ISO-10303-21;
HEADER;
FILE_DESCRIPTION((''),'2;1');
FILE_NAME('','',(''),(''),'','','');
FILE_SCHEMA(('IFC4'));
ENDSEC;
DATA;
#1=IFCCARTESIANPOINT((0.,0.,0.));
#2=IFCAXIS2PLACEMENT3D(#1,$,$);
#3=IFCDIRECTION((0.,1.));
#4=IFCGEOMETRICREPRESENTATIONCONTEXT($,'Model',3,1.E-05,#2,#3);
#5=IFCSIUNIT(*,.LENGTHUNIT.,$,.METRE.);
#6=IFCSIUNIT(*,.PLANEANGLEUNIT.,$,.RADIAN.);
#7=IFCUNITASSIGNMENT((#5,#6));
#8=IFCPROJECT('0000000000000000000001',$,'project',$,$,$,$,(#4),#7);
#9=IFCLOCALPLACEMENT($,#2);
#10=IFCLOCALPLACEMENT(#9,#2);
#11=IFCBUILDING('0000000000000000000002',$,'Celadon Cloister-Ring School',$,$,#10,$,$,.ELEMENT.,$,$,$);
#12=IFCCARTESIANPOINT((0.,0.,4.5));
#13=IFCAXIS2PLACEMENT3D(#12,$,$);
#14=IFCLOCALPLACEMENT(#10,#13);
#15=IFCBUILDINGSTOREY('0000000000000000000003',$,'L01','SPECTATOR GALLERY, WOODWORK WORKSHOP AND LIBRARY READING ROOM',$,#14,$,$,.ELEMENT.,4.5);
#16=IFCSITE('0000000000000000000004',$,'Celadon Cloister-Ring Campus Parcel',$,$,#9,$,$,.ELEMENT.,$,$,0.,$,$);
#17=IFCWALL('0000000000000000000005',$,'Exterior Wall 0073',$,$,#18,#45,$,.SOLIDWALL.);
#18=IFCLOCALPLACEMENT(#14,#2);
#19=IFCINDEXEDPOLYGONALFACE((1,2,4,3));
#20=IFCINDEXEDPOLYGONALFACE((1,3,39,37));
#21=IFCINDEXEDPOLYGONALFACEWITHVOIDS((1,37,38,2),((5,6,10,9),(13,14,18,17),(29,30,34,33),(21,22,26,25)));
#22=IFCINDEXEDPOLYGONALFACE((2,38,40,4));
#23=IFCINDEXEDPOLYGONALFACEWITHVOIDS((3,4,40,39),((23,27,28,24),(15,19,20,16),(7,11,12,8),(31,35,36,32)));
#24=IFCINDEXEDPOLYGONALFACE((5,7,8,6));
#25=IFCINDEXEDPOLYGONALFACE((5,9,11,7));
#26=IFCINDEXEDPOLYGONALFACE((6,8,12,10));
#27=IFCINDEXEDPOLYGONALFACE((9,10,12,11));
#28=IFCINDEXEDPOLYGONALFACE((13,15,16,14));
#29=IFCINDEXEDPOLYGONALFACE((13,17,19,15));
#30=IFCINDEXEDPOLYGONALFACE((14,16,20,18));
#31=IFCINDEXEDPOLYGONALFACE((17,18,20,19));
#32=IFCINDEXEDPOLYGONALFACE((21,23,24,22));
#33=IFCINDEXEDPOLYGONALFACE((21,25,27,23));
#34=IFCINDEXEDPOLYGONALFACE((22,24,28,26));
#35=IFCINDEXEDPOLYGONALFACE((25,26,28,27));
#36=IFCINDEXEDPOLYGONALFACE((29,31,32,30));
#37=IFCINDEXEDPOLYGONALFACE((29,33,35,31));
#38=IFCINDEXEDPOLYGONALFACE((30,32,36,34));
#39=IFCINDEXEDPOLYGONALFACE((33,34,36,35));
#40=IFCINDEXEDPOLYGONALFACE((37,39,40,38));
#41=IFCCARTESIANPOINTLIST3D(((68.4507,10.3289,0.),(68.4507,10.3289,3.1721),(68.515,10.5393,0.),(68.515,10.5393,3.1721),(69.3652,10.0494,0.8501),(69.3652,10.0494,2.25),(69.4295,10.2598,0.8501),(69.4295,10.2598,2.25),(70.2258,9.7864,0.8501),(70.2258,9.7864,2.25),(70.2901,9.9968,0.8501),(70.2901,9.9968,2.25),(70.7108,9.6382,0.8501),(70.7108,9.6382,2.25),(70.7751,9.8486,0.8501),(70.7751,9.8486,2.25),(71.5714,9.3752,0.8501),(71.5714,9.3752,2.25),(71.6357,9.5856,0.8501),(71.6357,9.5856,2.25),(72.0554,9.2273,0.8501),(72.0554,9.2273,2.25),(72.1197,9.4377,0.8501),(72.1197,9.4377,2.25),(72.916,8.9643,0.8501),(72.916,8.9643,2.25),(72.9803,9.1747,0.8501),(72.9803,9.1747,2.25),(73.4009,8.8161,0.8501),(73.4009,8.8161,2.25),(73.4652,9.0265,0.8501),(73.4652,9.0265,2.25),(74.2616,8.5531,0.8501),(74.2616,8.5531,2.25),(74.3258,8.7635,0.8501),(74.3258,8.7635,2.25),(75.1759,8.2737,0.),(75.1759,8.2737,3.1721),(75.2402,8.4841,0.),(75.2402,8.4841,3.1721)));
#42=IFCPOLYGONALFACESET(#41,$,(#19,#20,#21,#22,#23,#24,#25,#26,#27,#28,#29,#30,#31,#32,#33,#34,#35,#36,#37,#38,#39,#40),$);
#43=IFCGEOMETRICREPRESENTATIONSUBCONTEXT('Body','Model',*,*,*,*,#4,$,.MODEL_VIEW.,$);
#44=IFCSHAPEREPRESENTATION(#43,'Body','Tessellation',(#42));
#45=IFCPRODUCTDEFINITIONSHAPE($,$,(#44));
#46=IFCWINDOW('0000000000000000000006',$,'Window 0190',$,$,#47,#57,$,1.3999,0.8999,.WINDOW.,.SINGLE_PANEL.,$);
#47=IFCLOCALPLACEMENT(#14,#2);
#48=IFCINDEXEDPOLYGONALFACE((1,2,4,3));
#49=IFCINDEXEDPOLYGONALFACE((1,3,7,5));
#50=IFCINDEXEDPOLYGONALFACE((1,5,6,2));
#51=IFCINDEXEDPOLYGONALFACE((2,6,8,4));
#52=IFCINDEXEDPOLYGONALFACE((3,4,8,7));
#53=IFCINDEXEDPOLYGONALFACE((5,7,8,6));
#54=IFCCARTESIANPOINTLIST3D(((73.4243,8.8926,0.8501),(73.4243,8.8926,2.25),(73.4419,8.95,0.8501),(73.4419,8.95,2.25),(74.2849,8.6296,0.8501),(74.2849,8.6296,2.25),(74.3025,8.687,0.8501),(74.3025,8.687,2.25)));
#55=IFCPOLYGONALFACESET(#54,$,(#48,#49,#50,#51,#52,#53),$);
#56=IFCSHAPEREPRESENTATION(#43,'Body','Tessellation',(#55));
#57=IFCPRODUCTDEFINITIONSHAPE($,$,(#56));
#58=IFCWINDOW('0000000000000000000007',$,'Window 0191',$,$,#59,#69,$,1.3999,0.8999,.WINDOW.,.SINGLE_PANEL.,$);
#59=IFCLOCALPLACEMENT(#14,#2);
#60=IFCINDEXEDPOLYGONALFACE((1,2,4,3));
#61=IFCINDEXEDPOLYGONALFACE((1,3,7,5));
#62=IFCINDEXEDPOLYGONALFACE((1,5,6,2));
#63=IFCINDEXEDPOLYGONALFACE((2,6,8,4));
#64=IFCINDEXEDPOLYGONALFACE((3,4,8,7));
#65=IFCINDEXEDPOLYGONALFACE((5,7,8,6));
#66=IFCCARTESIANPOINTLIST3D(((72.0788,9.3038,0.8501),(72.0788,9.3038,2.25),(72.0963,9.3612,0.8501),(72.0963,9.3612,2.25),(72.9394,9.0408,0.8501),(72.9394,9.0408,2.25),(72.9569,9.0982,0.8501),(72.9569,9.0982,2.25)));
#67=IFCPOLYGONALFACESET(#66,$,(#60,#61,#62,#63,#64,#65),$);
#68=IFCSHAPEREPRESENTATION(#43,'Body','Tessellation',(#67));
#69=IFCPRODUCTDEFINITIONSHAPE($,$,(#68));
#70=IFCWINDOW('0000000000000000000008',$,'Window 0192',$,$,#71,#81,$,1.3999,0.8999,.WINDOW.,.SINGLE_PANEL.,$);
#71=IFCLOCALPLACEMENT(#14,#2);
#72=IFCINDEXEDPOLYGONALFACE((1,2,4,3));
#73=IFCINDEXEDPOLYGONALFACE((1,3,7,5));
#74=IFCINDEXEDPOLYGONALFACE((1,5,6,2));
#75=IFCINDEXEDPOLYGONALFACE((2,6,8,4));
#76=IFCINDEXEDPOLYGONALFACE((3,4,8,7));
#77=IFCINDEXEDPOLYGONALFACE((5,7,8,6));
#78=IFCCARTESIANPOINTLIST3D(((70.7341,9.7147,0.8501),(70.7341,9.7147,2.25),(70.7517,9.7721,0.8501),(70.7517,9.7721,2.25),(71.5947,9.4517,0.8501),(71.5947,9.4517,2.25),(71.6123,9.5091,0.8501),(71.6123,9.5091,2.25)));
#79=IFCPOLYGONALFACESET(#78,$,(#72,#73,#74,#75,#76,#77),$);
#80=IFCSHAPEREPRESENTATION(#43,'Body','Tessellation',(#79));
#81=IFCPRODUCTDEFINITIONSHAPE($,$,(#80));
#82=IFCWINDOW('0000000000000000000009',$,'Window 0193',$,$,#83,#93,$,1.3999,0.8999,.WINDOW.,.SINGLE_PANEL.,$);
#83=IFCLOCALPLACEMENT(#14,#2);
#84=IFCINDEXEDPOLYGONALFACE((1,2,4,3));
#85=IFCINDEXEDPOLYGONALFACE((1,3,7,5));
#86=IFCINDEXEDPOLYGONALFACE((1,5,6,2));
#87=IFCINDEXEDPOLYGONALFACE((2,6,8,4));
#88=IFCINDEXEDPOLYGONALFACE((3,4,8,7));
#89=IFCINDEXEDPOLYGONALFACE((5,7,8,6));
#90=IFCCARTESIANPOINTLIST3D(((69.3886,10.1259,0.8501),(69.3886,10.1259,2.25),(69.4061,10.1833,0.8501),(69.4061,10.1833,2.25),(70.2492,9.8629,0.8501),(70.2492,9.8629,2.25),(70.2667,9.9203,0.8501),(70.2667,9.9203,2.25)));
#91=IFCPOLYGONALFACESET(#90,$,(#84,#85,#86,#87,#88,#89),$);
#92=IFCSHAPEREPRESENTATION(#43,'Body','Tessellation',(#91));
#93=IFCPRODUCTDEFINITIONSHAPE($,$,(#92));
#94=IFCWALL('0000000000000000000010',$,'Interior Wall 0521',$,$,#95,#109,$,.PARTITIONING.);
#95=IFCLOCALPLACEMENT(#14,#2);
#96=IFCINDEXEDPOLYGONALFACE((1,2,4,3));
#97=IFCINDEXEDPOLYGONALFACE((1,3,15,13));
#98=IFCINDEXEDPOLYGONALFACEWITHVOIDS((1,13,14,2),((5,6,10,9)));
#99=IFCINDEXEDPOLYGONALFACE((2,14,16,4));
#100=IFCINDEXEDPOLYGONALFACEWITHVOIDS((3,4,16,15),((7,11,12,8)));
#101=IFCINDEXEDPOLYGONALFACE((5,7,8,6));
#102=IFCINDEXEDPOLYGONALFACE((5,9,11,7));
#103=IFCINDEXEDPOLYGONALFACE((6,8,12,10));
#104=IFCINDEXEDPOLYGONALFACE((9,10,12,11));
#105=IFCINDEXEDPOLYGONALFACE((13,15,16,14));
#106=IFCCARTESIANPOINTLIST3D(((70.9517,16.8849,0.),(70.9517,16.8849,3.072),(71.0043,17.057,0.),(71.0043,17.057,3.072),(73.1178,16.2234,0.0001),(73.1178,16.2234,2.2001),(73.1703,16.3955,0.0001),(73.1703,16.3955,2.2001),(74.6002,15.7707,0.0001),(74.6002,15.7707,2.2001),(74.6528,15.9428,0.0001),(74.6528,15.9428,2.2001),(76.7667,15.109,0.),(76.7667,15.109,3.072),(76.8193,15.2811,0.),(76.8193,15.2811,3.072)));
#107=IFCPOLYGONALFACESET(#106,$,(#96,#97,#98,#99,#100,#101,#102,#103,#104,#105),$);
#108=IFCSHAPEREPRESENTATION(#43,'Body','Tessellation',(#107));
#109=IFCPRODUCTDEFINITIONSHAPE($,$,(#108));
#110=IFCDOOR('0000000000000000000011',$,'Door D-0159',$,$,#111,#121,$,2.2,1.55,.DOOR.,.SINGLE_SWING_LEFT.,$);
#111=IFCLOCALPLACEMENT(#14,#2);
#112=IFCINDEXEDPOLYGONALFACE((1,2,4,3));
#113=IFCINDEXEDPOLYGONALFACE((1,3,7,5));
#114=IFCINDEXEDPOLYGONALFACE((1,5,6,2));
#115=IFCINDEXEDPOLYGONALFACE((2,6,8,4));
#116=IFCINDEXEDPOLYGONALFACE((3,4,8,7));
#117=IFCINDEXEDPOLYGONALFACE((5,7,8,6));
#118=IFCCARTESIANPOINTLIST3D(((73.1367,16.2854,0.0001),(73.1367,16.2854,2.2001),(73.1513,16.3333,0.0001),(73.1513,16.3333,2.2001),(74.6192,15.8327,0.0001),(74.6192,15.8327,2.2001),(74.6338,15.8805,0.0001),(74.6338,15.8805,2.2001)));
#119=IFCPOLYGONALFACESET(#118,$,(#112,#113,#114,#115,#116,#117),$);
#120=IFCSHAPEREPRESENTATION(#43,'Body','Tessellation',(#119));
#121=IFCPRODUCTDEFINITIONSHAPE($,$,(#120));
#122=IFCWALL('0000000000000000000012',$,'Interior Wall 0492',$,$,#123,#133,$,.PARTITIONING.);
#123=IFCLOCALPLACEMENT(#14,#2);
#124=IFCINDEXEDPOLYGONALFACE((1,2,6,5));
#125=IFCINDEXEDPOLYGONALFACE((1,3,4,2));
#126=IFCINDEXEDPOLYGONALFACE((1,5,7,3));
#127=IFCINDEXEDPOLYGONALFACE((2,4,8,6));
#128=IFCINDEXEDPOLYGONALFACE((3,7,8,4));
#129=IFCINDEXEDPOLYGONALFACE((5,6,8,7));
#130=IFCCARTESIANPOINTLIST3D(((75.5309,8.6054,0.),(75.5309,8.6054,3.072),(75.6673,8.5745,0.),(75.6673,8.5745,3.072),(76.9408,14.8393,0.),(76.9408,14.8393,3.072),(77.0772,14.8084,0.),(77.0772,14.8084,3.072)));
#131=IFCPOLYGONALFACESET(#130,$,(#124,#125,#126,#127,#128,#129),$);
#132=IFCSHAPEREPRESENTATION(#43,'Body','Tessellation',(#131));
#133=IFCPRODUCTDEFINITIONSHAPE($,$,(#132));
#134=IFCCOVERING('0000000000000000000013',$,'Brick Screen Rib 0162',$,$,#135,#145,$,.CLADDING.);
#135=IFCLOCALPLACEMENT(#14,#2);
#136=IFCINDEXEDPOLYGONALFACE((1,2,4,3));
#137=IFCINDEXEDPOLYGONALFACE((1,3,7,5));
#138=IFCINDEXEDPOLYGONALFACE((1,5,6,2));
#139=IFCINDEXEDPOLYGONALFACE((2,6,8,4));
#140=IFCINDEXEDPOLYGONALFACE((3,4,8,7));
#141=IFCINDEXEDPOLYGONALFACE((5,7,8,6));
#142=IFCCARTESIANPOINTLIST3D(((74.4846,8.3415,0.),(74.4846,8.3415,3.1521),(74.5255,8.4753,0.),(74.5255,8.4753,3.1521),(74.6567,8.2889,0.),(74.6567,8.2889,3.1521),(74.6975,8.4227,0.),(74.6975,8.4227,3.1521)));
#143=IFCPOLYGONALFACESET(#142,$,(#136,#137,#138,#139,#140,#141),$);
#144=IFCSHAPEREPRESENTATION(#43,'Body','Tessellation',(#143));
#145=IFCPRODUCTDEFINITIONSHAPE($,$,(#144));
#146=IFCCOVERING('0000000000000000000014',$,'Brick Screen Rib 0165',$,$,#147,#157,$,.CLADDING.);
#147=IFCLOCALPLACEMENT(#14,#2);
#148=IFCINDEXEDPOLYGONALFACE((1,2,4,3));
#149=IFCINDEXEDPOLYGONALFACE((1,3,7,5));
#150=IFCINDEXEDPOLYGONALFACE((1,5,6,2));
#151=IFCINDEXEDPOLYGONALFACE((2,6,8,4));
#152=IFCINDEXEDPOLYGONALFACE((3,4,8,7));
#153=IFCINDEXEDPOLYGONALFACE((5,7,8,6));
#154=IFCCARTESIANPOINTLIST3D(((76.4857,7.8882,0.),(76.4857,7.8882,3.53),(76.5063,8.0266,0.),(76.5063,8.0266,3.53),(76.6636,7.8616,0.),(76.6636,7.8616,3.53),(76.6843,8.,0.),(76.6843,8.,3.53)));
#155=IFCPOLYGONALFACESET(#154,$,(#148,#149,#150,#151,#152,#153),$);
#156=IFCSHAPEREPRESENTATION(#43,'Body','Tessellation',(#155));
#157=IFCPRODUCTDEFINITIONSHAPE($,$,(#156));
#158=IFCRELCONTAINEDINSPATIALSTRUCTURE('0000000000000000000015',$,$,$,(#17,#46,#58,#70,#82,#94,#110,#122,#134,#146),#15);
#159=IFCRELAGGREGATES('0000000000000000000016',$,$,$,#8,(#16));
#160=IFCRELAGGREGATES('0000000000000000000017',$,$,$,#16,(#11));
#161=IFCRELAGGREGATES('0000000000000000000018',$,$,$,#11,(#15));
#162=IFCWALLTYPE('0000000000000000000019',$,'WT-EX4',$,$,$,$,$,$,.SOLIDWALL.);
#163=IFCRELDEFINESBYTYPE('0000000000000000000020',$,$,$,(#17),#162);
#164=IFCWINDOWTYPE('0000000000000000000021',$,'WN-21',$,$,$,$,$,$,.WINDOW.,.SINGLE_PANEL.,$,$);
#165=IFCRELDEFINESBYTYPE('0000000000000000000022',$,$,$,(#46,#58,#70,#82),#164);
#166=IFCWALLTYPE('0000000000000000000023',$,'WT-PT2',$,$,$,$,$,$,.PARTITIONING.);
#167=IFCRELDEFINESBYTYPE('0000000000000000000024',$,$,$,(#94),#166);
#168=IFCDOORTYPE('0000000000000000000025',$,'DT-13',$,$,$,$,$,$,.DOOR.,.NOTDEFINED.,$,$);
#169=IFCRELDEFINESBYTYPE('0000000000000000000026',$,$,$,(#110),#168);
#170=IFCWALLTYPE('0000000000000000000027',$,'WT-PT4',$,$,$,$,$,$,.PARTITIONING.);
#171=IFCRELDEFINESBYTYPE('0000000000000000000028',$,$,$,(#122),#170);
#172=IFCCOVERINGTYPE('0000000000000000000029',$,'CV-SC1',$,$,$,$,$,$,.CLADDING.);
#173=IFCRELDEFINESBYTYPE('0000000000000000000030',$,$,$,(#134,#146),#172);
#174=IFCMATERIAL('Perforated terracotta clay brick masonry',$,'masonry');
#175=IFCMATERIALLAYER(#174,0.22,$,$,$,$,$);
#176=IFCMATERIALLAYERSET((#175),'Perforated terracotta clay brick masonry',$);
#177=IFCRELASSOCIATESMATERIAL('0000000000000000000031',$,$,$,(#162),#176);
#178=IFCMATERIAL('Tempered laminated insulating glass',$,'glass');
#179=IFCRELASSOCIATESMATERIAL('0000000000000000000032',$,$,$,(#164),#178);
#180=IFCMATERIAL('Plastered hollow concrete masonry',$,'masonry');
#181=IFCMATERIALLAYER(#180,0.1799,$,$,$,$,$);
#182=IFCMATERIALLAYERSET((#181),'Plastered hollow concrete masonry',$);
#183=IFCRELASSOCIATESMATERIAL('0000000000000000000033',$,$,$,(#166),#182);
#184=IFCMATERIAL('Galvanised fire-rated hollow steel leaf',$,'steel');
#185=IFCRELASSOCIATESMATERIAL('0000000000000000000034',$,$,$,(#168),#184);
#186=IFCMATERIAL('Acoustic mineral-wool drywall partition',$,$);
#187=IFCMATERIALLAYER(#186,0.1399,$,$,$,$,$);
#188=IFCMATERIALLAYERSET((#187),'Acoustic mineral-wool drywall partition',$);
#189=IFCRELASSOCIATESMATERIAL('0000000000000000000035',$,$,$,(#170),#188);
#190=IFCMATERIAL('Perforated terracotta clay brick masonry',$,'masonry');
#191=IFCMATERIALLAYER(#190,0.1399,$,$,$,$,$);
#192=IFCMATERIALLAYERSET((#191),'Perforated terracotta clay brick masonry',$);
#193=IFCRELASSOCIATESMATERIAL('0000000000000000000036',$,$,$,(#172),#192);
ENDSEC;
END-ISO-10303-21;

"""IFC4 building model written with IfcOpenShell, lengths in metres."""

from ifc_helpers import new_model, si_unit, direction, frame, frame_2d, origin, origin_2d, place, context, subcontext, project, spatial, rectangle, extrude, material, layer, layer_set, type_object, element, fill, save


model = new_model("IFC4")

# Units and contexts
model_context = context("Model", 3, precision=1e-05, world=origin(), true_north=direction((0.0, 1.0)))
body_context = subcontext(model_context, "Body", "Model", "MODEL_VIEW")
ifc_project = project(units=[si_unit("LENGTHUNIT", "METRE"), si_unit("PLANEANGLEUNIT", "RADIAN")], contexts=[model_context])

# Site, building, storey
site_placement = place(None, origin())
site = spatial("IfcSite", under=ifc_project, at=site_placement, Name="Celadon Cloister-Ring Campus Parcel", CompositionType="ELEMENT", RefElevation=0.0)
building_placement = place(site_placement, origin())
building = spatial("IfcBuilding", under=site, at=building_placement, Name="Celadon Cloister-Ring School", CompositionType="ELEMENT")
storey_placement = place(building_placement, frame((0.0, 0.0, 4.5)))
storey = spatial("IfcBuildingStorey", under=building, at=storey_placement, Name="L01", Description="SPECTATOR GALLERY, WOODWORK WORKSHOP AND LIBRARY READING ROOM", CompositionType="ELEMENT", Elevation=4.5)

# Wall, openings, windows
ifc_material_1 = material(Name="Perforated terracotta clay brick masonry", Category="masonry")
ifc_layer_1 = layer(ifc_material_1, 0.22)
ifc_layer_set_1 = layer_set([ifc_layer_1], Name="Perforated terracotta clay brick masonry")
wall_type_1 = type_object("IfcWallType", Name="WT-EX4", PredefinedType="SOLIDWALL", material=ifc_layer_set_1)
wall_1_placement = place(storey_placement, frame((75.208, 8.3789, 0.0), z_axis=(0.0, 0.0, 1.0), x_axis=(-0.95634, 0.292256, 0.0)))
wall_1 = element("IfcWall", 1, at=wall_1_placement, inside=storey, type_object=wall_type_1, Name="Exterior Wall 0073", PredefinedType="SOLIDWALL", context=body_context, shape_type="SweptSolid", body=[
    extrude(rectangle(XDim=7.0322, YDim=0.22, at=frame_2d((3.5161, 0.0))), origin(), (0.0, 0.0, 1.0), 3.1721),
])
opening_1_placement = place(wall_1_placement, frame((0.9561, 0.0, 0.8501)))
opening_1 = element("IfcOpeningElement", 2, at=opening_1_placement, cuts=wall_1, PredefinedType="OPENING", context=body_context, shape_type="SweptSolid", body=[
    extrude(rectangle(XDim=0.8999, YDim=1.3999, at=frame_2d((0.45, 0.7))), frame((0.0, 0.1201, 0.0), z_axis=(0.0, -1.0, 0.0), x_axis=(1.0, 0.0, 0.0)), (0.0, 0.0, 1.0), 0.24),
])
opening_2_placement = place(wall_1_placement, frame((2.363, 0.0, 0.8501)))
opening_2 = element("IfcOpeningElement", 3, at=opening_2_placement, cuts=wall_1, PredefinedType="OPENING", context=body_context, shape_type="SweptSolid", body=[
    extrude(rectangle(XDim=0.8999, YDim=1.3999, at=frame_2d((0.45, 0.7))), frame((0.0, 0.1201, 0.0), z_axis=(0.0, -1.0, 0.0), x_axis=(1.0, 0.0, 0.0)), (0.0, 0.0, 1.0), 0.24),
])
opening_3_placement = place(wall_1_placement, frame((3.769, 0.0, 0.8501)))
opening_3 = element("IfcOpeningElement", 4, at=opening_3_placement, cuts=wall_1, PredefinedType="OPENING", context=body_context, shape_type="SweptSolid", body=[
    extrude(rectangle(XDim=0.8999, YDim=1.3999, at=frame_2d((0.45, 0.7))), frame((0.0, 0.1201, 0.0), z_axis=(0.0, -1.0, 0.0), x_axis=(1.0, 0.0, 0.0)), (0.0, 0.0, 1.0), 0.24),
])
opening_4_placement = place(wall_1_placement, frame((5.176, 0.0, 0.8501)))
opening_4 = element("IfcOpeningElement", 5, at=opening_4_placement, cuts=wall_1, PredefinedType="OPENING", context=body_context, shape_type="SweptSolid", body=[
    extrude(rectangle(XDim=0.8999, YDim=1.3999, at=frame_2d((0.45, 0.7))), frame((0.0, 0.1201, 0.0), z_axis=(0.0, -1.0, 0.0), x_axis=(1.0, 0.0, 0.0)), (0.0, 0.0, 1.0), 0.24),
])
ifc_material_2 = material(Name="Tempered laminated insulating glass", Category="glass")
window_type = type_object("IfcWindowType", Name="WN-21", PartitioningType="SINGLE_PANEL", PredefinedType="WINDOW", material=ifc_material_2)
window_1_placement = place(opening_1_placement, origin())
window_1 = element("IfcWindow", 6, at=window_1_placement, inside=storey, type_object=window_type, Name="Window 0190", OverallHeight=1.3999, OverallWidth=0.8999, PartitioningType="SINGLE_PANEL", PredefinedType="WINDOW", context=body_context, shape_type="SweptSolid", body=[
    extrude(rectangle(XDim=0.8999, YDim=1.3999, at=frame_2d((0.45, 0.7))), frame((0.0, 0.03, 0.0), z_axis=(0.0, -1.0, 0.0), x_axis=(1.0, 0.0, 0.0)), (0.0, 0.0, 1.0), 0.0601),
])
fill(opening_1, window_1)
window_2_placement = place(opening_2_placement, origin())
window_2 = element("IfcWindow", 7, at=window_2_placement, inside=storey, type_object=window_type, Name="Window 0191", OverallHeight=1.3999, OverallWidth=0.8999, PartitioningType="SINGLE_PANEL", PredefinedType="WINDOW", context=body_context, shape_type="SweptSolid", body=[
    extrude(rectangle(XDim=0.8999, YDim=1.3999, at=frame_2d((0.45, 0.7))), frame((0.0, 0.03, 0.0), z_axis=(0.0, -1.0, 0.0), x_axis=(1.0, 0.0, 0.0)), (0.0, 0.0, 1.0), 0.0601),
])
fill(opening_2, window_2)
window_3_placement = place(opening_3_placement, origin())
window_3 = element("IfcWindow", 8, at=window_3_placement, inside=storey, type_object=window_type, Name="Window 0192", OverallHeight=1.3999, OverallWidth=0.8999, PartitioningType="SINGLE_PANEL", PredefinedType="WINDOW", context=body_context, shape_type="SweptSolid", body=[
    extrude(rectangle(XDim=0.8999, YDim=1.3999, at=frame_2d((0.45, 0.7))), frame((0.0, 0.03, 0.0), z_axis=(0.0, -1.0, 0.0), x_axis=(1.0, 0.0, 0.0)), (0.0, 0.0, 1.0), 0.0601),
])
fill(opening_3, window_3)
window_4_placement = place(opening_4_placement, origin())
window_4 = element("IfcWindow", 9, at=window_4_placement, inside=storey, type_object=window_type, Name="Window 0193", OverallHeight=1.3999, OverallWidth=0.8999, PartitioningType="SINGLE_PANEL", PredefinedType="WINDOW", context=body_context, shape_type="SweptSolid", body=[
    extrude(rectangle(XDim=0.8999, YDim=1.3999, at=frame_2d((0.45, 0.7))), frame((0.0, 0.03, 0.0), z_axis=(0.0, -1.0, 0.0), x_axis=(1.0, 0.0, 0.0)), (0.0, 0.0, 1.0), 0.0601),
])
fill(opening_4, window_4)

# Wall, opening, door
ifc_material_3 = material(Name="Plastered hollow concrete masonry", Category="masonry")
ifc_layer_2 = layer(ifc_material_3, 0.1799)
ifc_layer_set_2 = layer_set([ifc_layer_2], Name="Plastered hollow concrete masonry")
wall_type_2 = type_object("IfcWallType", Name="WT-PT2", PredefinedType="PARTITIONING", material=ifc_layer_set_2)
wall_2_placement = place(storey_placement, frame((70.978, 16.9709, 0.0), z_axis=(0.0, 0.0, 1.0), x_axis=(0.956393, -0.292082, 0.0)))
wall_2 = element("IfcWall", 10, at=wall_2_placement, inside=storey, type_object=wall_type_2, Name="Interior Wall 0521", PredefinedType="PARTITIONING", context=body_context, shape_type="SweptSolid", body=[
    extrude(rectangle(XDim=6.0801, YDim=0.1799, at=frame_2d((3.04, 0.0))), origin(), (0.0, 0.0, 1.0), 3.072),
])
opening_5_placement = place(wall_2_placement, frame((2.2649, 0.0, 0.0)))
opening_5 = element("IfcOpeningElement", 11, at=opening_5_placement, cuts=wall_2, PredefinedType="OPENING", context=body_context, shape_type="SweptSolid", body=[
    extrude(rectangle(XDim=1.55, YDim=2.2, at=frame_2d((0.7749, 1.1001))), frame((0.0, 0.1001, 0.0), z_axis=(0.0, -1.0, 0.0), x_axis=(1.0, 0.0, 0.0)), (0.0, 0.0, 1.0), 0.2),
])
ifc_material_4 = material(Name="Galvanised fire-rated hollow steel leaf", Category="steel")
door_type = type_object("IfcDoorType", Name="DT-13", OperationType="NOTDEFINED", PredefinedType="DOOR", material=ifc_material_4)
door_placement = place(opening_5_placement, origin())
door = element("IfcDoor", 12, at=door_placement, inside=storey, type_object=door_type, Name="Door D-0159", OperationType="SINGLE_SWING_LEFT", OverallHeight=2.2, OverallWidth=1.55, PredefinedType="DOOR", context=body_context, shape_type="SweptSolid", body=[
    extrude(rectangle(XDim=1.55, YDim=2.2, at=frame_2d((0.7749, 1.1001))), frame((0.0, 0.0249, 0.0), z_axis=(0.0, -1.0, 0.0), x_axis=(1.0, 0.0, 0.0)), (0.0, 0.0, 1.0), 0.05),
])
fill(opening_5, door)

# Wall
ifc_material_5 = material(Name="Acoustic mineral-wool drywall partition")
ifc_layer_3 = layer(ifc_material_5, 0.1399)
ifc_layer_set_3 = layer_set([ifc_layer_3], Name="Acoustic mineral-wool drywall partition")
wall_type_3 = type_object("IfcWallType", Name="WT-PT4", PredefinedType="PARTITIONING", material=ifc_layer_set_3)
wall_3_placement = place(storey_placement, frame((77.009, 14.824, 0.0), z_axis=(0.0, 0.0, 1.0), x_axis=(-0.220597, -0.975365, 0.0)))
element("IfcWall", 13, at=wall_3_placement, inside=storey, type_object=wall_type_3, Name="Interior Wall 0492", PredefinedType="PARTITIONING", context=body_context, shape_type="SweptSolid", body=[
    extrude(rectangle(XDim=6.3914, YDim=0.1399, at=frame_2d((3.1958, 0.0))), origin(), (0.0, 0.0, 1.0), 3.072),
])

# Coverings
ifc_material_6 = material(Name="Perforated terracotta clay brick masonry", Category="masonry")
ifc_layer_4 = layer(ifc_material_6, 0.1399)
ifc_layer_set_4 = layer_set([ifc_layer_4], Name="Perforated terracotta clay brick masonry")
covering_type = type_object("IfcCoveringType", Name="CV-SC1", PredefinedType="CLADDING", material=ifc_layer_set_4)
covering_1_placement = place(storey_placement, frame((74.5911, 8.3821, 0.0), z_axis=(0.0, 0.0, 1.0), x_axis=(-0.956346, 0.292238, 0.0)))
element("IfcCovering", 14, at=covering_1_placement, inside=storey, type_object=covering_type, Name="Brick Screen Rib 0162", PredefinedType="CLADDING", context=body_context, shape_type="SweptSolid", body=[
    extrude(rectangle(XDim=0.1799, YDim=0.1399, at=origin_2d()), origin(), (0.0, 0.0, 1.0), 3.1521),
])
covering_2_placement = place(storey_placement, frame((76.585, 7.9441, 0.0), z_axis=(0.0, 0.0, 1.0), x_axis=(-0.989036, 0.147671, 0.0)))
element("IfcCovering", 15, at=covering_2_placement, inside=storey, type_object=covering_type, Name="Brick Screen Rib 0165", PredefinedType="CLADDING", context=body_context, shape_type="SweptSolid", body=[
    extrude(rectangle(XDim=0.1799, YDim=0.1399, at=origin_2d()), origin(), (0.0, 0.0, 1.0), 3.53),
])

save(model, "model.ifc")
